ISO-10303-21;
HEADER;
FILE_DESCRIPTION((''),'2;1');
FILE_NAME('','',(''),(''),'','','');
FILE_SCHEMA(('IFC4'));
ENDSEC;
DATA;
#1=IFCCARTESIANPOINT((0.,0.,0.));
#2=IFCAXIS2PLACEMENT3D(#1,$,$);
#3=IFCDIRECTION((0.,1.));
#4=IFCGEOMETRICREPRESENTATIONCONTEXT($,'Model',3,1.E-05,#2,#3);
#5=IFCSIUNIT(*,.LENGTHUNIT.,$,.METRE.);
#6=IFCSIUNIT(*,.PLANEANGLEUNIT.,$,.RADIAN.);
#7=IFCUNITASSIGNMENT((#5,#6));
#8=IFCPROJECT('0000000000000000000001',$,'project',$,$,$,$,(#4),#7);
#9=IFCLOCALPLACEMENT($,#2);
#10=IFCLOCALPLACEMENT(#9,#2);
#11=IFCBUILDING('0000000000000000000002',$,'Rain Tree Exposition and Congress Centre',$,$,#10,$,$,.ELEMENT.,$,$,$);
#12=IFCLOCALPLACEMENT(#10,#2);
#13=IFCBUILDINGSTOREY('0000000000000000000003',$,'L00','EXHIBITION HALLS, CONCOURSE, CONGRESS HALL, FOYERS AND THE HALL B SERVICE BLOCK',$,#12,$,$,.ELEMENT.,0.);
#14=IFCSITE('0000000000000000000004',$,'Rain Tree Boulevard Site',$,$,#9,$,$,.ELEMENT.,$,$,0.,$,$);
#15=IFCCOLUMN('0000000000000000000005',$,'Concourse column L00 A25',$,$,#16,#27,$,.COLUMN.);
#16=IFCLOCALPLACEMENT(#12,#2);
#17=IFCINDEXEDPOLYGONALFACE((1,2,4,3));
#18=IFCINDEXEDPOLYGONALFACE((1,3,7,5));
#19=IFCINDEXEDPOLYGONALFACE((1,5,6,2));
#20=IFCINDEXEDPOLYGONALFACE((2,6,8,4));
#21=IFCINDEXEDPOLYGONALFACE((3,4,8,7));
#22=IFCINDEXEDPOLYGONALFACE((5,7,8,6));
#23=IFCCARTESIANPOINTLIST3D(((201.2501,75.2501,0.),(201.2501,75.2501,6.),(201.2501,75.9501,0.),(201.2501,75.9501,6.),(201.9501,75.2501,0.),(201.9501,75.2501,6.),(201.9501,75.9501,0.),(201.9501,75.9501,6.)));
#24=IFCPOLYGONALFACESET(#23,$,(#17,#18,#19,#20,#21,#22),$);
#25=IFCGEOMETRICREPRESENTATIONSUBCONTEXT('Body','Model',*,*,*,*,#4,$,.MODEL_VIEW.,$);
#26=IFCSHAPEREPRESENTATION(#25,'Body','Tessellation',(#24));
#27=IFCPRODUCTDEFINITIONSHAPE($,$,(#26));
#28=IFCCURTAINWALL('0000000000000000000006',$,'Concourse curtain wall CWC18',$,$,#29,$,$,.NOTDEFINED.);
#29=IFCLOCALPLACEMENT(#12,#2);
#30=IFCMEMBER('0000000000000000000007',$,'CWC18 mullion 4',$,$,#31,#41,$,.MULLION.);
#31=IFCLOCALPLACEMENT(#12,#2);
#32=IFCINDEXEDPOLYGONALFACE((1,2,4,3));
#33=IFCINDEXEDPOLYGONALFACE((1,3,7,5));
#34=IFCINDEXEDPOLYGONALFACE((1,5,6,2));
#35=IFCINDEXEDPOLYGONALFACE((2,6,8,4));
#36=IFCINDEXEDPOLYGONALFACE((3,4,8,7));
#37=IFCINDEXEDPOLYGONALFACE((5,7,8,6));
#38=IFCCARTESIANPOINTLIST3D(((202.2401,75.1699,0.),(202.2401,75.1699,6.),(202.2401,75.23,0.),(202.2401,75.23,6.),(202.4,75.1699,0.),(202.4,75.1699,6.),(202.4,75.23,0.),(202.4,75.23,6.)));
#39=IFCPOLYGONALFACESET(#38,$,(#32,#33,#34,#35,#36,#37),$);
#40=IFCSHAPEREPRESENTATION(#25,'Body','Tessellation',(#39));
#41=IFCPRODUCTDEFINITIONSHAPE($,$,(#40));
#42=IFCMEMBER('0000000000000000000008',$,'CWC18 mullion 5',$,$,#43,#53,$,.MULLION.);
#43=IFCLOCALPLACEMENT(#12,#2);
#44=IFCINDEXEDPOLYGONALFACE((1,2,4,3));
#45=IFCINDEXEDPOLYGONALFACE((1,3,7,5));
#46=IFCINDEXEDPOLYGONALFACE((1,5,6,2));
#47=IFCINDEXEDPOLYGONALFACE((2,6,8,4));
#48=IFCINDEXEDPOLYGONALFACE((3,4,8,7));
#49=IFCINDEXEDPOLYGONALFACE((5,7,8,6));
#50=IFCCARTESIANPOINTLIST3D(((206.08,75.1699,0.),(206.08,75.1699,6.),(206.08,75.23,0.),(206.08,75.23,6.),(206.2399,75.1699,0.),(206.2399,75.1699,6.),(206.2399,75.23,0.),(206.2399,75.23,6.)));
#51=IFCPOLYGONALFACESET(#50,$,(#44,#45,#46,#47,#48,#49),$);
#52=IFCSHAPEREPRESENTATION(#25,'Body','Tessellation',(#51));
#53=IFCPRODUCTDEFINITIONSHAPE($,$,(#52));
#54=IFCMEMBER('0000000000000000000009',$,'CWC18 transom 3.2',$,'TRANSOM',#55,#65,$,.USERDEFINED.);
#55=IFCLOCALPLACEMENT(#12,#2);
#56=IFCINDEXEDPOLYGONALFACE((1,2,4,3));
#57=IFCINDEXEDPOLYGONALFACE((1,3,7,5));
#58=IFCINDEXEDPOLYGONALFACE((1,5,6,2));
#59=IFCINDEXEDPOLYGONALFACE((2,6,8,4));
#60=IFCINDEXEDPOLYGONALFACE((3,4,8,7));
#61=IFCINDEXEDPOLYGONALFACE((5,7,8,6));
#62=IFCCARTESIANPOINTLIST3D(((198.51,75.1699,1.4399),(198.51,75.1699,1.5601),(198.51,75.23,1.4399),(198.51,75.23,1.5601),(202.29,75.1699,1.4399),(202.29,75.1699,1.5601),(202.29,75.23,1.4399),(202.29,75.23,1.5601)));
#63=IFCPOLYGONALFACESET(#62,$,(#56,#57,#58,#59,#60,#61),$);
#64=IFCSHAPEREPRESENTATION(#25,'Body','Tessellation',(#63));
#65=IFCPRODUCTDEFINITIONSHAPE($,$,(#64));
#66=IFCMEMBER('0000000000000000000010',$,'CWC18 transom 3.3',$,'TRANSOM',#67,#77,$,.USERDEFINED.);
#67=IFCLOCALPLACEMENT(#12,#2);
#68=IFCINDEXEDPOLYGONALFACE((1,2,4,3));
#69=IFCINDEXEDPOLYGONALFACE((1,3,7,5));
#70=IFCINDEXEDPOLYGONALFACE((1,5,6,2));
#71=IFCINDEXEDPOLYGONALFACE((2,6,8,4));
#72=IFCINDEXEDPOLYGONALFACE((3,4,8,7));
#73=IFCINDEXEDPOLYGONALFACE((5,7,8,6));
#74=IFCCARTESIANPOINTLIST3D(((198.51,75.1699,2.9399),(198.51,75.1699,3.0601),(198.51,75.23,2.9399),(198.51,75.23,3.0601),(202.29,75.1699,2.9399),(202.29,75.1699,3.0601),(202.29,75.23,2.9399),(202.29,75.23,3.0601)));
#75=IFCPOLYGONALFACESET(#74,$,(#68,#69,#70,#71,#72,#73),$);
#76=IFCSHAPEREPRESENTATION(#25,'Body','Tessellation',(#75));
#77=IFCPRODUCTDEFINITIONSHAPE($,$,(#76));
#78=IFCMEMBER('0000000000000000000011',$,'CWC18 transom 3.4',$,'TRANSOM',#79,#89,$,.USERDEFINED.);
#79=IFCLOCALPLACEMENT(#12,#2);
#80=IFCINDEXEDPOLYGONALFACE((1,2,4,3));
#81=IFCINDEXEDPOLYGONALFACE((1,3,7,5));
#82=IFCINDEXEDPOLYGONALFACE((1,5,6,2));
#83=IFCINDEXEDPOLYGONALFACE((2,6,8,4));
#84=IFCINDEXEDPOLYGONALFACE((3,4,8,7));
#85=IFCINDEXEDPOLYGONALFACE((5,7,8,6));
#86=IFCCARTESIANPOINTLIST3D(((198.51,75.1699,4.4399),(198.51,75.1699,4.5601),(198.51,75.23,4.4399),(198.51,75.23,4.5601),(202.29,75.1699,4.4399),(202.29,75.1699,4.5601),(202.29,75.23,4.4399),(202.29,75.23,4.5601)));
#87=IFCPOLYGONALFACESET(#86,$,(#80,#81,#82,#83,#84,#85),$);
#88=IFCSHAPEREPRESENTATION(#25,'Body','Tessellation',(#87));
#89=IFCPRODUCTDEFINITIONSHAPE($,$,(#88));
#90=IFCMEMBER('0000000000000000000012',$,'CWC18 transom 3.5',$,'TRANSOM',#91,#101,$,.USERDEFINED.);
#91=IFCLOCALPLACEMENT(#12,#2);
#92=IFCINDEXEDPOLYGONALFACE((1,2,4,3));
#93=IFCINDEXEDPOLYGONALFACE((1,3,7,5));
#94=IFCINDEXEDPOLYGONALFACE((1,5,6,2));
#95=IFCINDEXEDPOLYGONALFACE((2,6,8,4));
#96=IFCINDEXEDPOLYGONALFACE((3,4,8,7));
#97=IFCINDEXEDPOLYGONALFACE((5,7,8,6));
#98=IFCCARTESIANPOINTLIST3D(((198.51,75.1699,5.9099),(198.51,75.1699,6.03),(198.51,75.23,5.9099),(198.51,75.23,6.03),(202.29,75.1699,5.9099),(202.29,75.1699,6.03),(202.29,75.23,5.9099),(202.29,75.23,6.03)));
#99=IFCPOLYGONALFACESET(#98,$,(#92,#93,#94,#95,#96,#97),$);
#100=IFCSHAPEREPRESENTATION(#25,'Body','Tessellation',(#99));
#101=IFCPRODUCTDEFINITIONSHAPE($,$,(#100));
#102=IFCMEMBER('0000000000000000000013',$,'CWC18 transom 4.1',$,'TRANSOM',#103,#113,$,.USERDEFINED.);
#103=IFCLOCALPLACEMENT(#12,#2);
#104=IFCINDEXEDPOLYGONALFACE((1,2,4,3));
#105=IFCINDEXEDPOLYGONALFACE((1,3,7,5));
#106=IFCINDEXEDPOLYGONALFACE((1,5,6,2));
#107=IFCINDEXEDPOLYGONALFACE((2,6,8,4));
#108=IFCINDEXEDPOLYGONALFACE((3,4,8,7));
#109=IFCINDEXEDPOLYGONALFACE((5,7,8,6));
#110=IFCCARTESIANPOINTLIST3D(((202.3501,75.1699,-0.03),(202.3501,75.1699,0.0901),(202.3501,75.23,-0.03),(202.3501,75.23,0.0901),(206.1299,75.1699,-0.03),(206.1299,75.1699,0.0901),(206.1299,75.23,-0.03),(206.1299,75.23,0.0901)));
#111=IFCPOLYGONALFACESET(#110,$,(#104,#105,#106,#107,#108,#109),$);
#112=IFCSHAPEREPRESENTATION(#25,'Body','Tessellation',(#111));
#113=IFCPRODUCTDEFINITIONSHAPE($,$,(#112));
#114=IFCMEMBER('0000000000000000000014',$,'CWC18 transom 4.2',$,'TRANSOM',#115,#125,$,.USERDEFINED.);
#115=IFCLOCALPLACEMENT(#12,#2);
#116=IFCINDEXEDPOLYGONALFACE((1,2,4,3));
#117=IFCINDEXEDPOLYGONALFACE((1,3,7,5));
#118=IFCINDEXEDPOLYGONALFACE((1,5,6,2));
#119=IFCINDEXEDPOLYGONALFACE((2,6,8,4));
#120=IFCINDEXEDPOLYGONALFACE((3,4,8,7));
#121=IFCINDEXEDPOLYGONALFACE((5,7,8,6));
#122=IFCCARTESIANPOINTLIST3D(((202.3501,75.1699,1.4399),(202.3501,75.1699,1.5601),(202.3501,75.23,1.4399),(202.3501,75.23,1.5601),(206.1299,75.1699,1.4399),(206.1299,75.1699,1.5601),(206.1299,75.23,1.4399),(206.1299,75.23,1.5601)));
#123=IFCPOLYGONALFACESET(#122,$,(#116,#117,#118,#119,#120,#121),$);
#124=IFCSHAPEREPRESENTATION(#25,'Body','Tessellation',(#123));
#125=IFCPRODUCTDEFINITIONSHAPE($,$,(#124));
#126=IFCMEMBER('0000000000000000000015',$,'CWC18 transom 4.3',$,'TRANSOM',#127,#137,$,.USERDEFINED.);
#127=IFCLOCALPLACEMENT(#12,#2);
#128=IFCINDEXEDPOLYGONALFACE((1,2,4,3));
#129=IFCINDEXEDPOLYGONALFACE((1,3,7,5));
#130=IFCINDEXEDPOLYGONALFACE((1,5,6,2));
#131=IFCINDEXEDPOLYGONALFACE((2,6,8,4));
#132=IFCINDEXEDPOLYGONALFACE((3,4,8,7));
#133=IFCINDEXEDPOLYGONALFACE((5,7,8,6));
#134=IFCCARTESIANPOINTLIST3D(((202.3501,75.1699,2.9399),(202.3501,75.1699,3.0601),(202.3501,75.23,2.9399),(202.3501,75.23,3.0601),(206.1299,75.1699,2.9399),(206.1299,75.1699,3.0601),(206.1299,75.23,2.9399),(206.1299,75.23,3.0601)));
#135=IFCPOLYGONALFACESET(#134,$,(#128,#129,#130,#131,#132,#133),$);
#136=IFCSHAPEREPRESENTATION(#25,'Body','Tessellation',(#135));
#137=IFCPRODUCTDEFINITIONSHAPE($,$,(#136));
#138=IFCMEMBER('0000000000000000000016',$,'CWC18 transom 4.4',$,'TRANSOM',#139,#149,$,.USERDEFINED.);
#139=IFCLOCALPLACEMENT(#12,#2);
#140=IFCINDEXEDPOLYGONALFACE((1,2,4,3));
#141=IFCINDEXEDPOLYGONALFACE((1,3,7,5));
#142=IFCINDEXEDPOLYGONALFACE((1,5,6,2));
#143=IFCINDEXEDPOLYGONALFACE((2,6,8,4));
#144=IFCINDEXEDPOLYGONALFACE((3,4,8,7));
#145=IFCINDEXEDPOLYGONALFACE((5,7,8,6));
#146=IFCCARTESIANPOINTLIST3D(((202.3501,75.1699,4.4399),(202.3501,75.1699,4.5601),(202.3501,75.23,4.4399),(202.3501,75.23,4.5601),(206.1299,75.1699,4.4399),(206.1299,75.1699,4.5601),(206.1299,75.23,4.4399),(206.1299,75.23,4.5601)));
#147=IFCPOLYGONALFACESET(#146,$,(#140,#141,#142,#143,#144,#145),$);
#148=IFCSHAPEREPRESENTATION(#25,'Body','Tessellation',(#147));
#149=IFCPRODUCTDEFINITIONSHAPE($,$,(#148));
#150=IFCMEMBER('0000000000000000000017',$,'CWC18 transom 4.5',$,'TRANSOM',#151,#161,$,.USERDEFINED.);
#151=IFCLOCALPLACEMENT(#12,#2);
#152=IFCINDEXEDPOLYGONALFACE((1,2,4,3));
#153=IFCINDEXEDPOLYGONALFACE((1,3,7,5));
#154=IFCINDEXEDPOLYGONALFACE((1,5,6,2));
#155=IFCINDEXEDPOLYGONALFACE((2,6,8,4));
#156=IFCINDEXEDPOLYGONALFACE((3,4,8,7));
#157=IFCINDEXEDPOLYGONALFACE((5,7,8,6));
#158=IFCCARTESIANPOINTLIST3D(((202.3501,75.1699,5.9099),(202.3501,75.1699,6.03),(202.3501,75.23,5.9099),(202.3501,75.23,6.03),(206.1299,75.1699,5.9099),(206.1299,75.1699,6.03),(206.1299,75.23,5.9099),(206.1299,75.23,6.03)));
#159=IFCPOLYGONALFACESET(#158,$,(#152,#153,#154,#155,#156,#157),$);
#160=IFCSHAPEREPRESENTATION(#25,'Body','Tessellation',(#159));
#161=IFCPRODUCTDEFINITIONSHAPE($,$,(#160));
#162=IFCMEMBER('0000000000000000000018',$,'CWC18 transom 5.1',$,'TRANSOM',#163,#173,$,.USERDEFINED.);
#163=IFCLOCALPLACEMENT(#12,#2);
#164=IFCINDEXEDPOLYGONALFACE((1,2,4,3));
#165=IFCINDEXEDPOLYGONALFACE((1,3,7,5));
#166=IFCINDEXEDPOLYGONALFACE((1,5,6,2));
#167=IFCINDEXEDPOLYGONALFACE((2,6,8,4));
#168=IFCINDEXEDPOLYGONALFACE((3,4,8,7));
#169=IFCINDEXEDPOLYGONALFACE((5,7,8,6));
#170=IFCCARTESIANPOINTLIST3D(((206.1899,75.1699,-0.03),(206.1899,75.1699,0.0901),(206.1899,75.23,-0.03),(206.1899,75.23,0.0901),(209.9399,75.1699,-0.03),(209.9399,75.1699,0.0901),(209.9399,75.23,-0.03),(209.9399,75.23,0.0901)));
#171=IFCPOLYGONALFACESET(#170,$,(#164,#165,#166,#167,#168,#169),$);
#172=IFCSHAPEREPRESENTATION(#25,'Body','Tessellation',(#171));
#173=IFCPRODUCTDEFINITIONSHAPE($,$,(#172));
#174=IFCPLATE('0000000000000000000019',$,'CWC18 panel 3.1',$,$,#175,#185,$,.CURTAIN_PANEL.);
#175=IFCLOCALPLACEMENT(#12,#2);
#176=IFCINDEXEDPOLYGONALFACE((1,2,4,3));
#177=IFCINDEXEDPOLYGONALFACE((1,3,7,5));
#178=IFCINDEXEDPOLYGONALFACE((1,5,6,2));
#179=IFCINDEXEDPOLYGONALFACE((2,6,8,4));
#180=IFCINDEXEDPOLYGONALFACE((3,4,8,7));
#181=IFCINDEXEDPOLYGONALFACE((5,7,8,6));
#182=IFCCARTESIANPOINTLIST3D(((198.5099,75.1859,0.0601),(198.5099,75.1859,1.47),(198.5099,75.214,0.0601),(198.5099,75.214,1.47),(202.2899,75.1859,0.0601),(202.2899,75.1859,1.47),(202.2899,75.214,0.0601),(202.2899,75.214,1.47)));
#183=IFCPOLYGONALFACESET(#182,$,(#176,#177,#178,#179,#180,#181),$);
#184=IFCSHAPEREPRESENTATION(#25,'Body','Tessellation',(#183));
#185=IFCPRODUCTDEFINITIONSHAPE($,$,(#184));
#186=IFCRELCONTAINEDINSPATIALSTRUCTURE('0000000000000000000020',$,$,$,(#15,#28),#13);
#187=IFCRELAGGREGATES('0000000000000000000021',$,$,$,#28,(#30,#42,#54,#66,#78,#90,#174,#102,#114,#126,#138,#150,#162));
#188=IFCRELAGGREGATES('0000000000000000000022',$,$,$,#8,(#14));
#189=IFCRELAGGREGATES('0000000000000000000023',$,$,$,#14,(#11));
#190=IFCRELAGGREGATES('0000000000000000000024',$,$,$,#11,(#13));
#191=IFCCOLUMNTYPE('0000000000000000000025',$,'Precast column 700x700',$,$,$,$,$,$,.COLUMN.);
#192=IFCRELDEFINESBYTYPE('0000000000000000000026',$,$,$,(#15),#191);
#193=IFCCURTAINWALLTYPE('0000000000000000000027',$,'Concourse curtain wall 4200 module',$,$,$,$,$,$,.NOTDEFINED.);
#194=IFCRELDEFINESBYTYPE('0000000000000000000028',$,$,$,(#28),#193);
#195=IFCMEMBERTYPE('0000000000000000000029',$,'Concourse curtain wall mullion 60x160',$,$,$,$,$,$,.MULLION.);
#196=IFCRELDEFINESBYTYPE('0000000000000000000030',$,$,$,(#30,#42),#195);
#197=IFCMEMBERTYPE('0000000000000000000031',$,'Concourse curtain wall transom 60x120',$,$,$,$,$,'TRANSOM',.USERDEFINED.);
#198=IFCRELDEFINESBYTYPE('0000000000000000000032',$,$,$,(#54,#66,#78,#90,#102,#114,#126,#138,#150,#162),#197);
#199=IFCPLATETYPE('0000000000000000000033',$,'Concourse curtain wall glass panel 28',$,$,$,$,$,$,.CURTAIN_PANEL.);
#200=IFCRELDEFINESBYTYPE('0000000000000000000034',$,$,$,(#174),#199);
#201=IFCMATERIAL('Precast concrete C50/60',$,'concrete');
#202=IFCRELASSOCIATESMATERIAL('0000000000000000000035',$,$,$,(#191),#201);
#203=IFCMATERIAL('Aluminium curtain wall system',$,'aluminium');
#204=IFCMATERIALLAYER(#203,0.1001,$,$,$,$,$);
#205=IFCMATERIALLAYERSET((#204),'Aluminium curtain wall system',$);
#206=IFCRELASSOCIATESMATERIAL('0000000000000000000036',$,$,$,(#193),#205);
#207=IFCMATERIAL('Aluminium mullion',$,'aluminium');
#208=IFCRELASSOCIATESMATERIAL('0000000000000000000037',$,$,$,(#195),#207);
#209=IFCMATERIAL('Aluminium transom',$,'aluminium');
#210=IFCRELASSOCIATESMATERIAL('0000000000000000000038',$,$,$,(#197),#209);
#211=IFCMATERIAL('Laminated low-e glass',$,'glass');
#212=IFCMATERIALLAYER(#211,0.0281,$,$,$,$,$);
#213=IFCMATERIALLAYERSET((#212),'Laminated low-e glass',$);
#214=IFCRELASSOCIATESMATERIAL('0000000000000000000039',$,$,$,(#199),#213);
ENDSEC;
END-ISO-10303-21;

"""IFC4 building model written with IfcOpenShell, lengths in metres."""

from ifc_helpers import new_model, si_unit, direction, frame, origin, origin_2d, place, context, subcontext, project, spatial, rectangle, extrude, material, layer, layer_set, material_profile, profile_set, type_object, element, aggregate, save


model = new_model("IFC4")

# Units and contexts
model_context = context("Model", 3, precision=1e-05, world=origin(), true_north=direction((0.0, 1.0)))
body_context = subcontext(model_context, "Body", "Model", "MODEL_VIEW")
ifc_project = project(units=[si_unit("LENGTHUNIT", "METRE"), si_unit("PLANEANGLEUNIT", "RADIAN")], contexts=[model_context])

# Site, building, storey
site_placement = place(None, origin())
site = spatial("IfcSite", under=ifc_project, at=site_placement, Name="Rain Tree Boulevard Site", CompositionType="ELEMENT", RefElevation=0.0)
building_placement = place(site_placement, origin())
building = spatial("IfcBuilding", under=site, at=building_placement, Name="Rain Tree Exposition and Congress Centre", CompositionType="ELEMENT")
storey_placement = place(building_placement, origin())
storey = spatial("IfcBuildingStorey", under=building, at=storey_placement, Name="L00", Description="EXHIBITION HALLS, CONCOURSE, CONGRESS HALL, FOYERS AND THE HALL B SERVICE BLOCK", CompositionType="ELEMENT", Elevation=0.0)

# Column
ifc_material_1 = material(Name="Precast concrete C50/60", Category="concrete")
ifc_material_profile_1 = material_profile(ifc_material_1, rectangle(XDim=0.7, YDim=0.7, at=origin_2d()), Name="RC 700x700")
ifc_profile_set_1 = profile_set([ifc_material_profile_1], Name="Precast concrete C50/60")
column_type = type_object("IfcColumnType", Name="Precast column 700x700", PredefinedType="COLUMN", material=ifc_profile_set_1)
column_placement = place(storey_placement, frame((201.6001, 75.6001, 0.0), z_axis=(0.0, 0.0, 1.0), x_axis=(1.0, 0.0, 0.0)))
element("IfcColumn", 1, at=column_placement, inside=storey, type_object=column_type, Name="Concourse column L00 A25", PredefinedType="COLUMN", context=body_context, shape_type="SweptSolid", body=[
    extrude(rectangle(XDim=0.7, YDim=0.7, at=origin_2d()), origin(), (0.0, 0.0, 1.0), 6.0),
])

# Curtain wall, members, plate
ifc_material_2 = material(Name="Aluminium curtain wall system", Category="aluminium")
ifc_layer_1 = layer(ifc_material_2, 0.1001)
ifc_layer_set_1 = layer_set([ifc_layer_1], Name="Aluminium curtain wall system")
curtain_wall_type = type_object("IfcCurtainWallType", Name="Concourse curtain wall 4200 module", PredefinedType="NOTDEFINED", material=ifc_layer_set_1)
curtain_wall_placement = place(storey_placement, origin())
curtain_wall = element("IfcCurtainWall", 2, at=curtain_wall_placement, inside=storey, type_object=curtain_wall_type, Name="Concourse curtain wall CWC18", PredefinedType="NOTDEFINED")
ifc_material_3 = material(Name="Aluminium mullion", Category="aluminium")
ifc_material_profile_2 = material_profile(ifc_material_3, rectangle(XDim=0.0601, YDim=0.1599, at=origin_2d()), Name="AL 60x160")
ifc_profile_set_2 = profile_set([ifc_material_profile_2], Name="Aluminium mullion")
member_type_1 = type_object("IfcMemberType", Name="Concourse curtain wall mullion 60x160", PredefinedType="MULLION", material=ifc_profile_set_2)
member_1_placement = place(storey_placement, frame((202.3201, 75.2, 0.0), z_axis=(0.0, 0.0, 1.0), x_axis=(0.0, 1.0, 0.0)))
member_1 = element("IfcMember", 3, at=member_1_placement, type_object=member_type_1, Name="CWC18 mullion 4", PredefinedType="MULLION", context=body_context, shape_type="SweptSolid", body=[
    extrude(rectangle(XDim=0.0601, YDim=0.1599, at=origin_2d()), origin(), (0.0, 0.0, 1.0), 6.0),
])
member_2_placement = place(storey_placement, frame((206.1599, 75.2, 0.0), z_axis=(0.0, 0.0, 1.0), x_axis=(0.0, 1.0, 0.0)))
member_2 = element("IfcMember", 4, at=member_2_placement, type_object=member_type_1, Name="CWC18 mullion 5", PredefinedType="MULLION", context=body_context, shape_type="SweptSolid", body=[
    extrude(rectangle(XDim=0.0601, YDim=0.1599, at=origin_2d()), origin(), (0.0, 0.0, 1.0), 6.0),
])
ifc_material_4 = material(Name="Aluminium transom", Category="aluminium")
ifc_material_profile_3 = material_profile(ifc_material_4, rectangle(XDim=0.0601, YDim=0.1201, at=origin_2d()), Name="AL 60x120")
ifc_profile_set_3 = profile_set([ifc_material_profile_3], Name="Aluminium transom")
member_type_2 = type_object("IfcMemberType", Name="Concourse curtain wall transom 60x120", ElementType="TRANSOM", PredefinedType="USERDEFINED", material=ifc_profile_set_3)
member_3_placement = place(storey_placement, frame((198.51, 75.2, 1.5), z_axis=(1.0, 0.0, 0.0), x_axis=(0.0, 1.0, 0.0)))
member_3 = element("IfcMember", 5, at=member_3_placement, type_object=member_type_2, Name="CWC18 transom 3.2", ObjectType="TRANSOM", PredefinedType="USERDEFINED", context=body_context, shape_type="SweptSolid", body=[
    extrude(rectangle(XDim=0.0601, YDim=0.1201, at=origin_2d()), origin(), (0.0, 0.0, 1.0), 3.78),
])
member_4_placement = place(storey_placement, frame((198.51, 75.2, 3.0), z_axis=(1.0, 0.0, 0.0), x_axis=(0.0, 1.0, 0.0)))
member_4 = element("IfcMember", 6, at=member_4_placement, type_object=member_type_2, Name="CWC18 transom 3.3", ObjectType="TRANSOM", PredefinedType="USERDEFINED", context=body_context, shape_type="SweptSolid", body=[
    extrude(rectangle(XDim=0.0601, YDim=0.1201, at=origin_2d()), origin(), (0.0, 0.0, 1.0), 3.78),
])
member_5_placement = place(storey_placement, frame((198.51, 75.2, 4.5), z_axis=(1.0, 0.0, 0.0), x_axis=(0.0, 1.0, 0.0)))
member_5 = element("IfcMember", 7, at=member_5_placement, type_object=member_type_2, Name="CWC18 transom 3.4", ObjectType="TRANSOM", PredefinedType="USERDEFINED", context=body_context, shape_type="SweptSolid", body=[
    extrude(rectangle(XDim=0.0601, YDim=0.1201, at=origin_2d()), origin(), (0.0, 0.0, 1.0), 3.78),
])
member_6_placement = place(storey_placement, frame((198.51, 75.2, 5.97), z_axis=(1.0, 0.0, 0.0), x_axis=(0.0, 1.0, 0.0)))
member_6 = element("IfcMember", 8, at=member_6_placement, type_object=member_type_2, Name="CWC18 transom 3.5", ObjectType="TRANSOM", PredefinedType="USERDEFINED", context=body_context, shape_type="SweptSolid", body=[
    extrude(rectangle(XDim=0.0601, YDim=0.1201, at=origin_2d()), origin(), (0.0, 0.0, 1.0), 3.78),
])
member_7_placement = place(storey_placement, frame((202.3501, 75.2, 0.03), z_axis=(1.0, 0.0, 0.0), x_axis=(0.0, 1.0, 0.0)))
member_7 = element("IfcMember", 9, at=member_7_placement, type_object=member_type_2, Name="CWC18 transom 4.1", ObjectType="TRANSOM", PredefinedType="USERDEFINED", context=body_context, shape_type="SweptSolid", body=[
    extrude(rectangle(XDim=0.0601, YDim=0.1201, at=origin_2d()), origin(), (0.0, 0.0, 1.0), 3.7798),
])
member_8_placement = place(storey_placement, frame((202.3501, 75.2, 1.5), z_axis=(1.0, 0.0, 0.0), x_axis=(0.0, 1.0, 0.0)))
member_8 = element("IfcMember", 10, at=member_8_placement, type_object=member_type_2, Name="CWC18 transom 4.2", ObjectType="TRANSOM", PredefinedType="USERDEFINED", context=body_context, shape_type="SweptSolid", body=[
    extrude(rectangle(XDim=0.0601, YDim=0.1201, at=origin_2d()), origin(), (0.0, 0.0, 1.0), 3.7798),
])
member_9_placement = place(storey_placement, frame((202.3501, 75.2, 3.0), z_axis=(1.0, 0.0, 0.0), x_axis=(0.0, 1.0, 0.0)))
member_9 = element("IfcMember", 11, at=member_9_placement, type_object=member_type_2, Name="CWC18 transom 4.3", ObjectType="TRANSOM", PredefinedType="USERDEFINED", context=body_context, shape_type="SweptSolid", body=[
    extrude(rectangle(XDim=0.0601, YDim=0.1201, at=origin_2d()), origin(), (0.0, 0.0, 1.0), 3.7798),
])
member_10_placement = place(storey_placement, frame((202.3501, 75.2, 4.5), z_axis=(1.0, 0.0, 0.0), x_axis=(0.0, 1.0, 0.0)))
member_10 = element("IfcMember", 12, at=member_10_placement, type_object=member_type_2, Name="CWC18 transom 4.4", ObjectType="TRANSOM", PredefinedType="USERDEFINED", context=body_context, shape_type="SweptSolid", body=[
    extrude(rectangle(XDim=0.0601, YDim=0.1201, at=origin_2d()), origin(), (0.0, 0.0, 1.0), 3.7798),
])
member_11_placement = place(storey_placement, frame((202.3501, 75.2, 5.97), z_axis=(1.0, 0.0, 0.0), x_axis=(0.0, 1.0, 0.0)))
member_11 = element("IfcMember", 13, at=member_11_placement, type_object=member_type_2, Name="CWC18 transom 4.5", ObjectType="TRANSOM", PredefinedType="USERDEFINED", context=body_context, shape_type="SweptSolid", body=[
    extrude(rectangle(XDim=0.0601, YDim=0.1201, at=origin_2d()), origin(), (0.0, 0.0, 1.0), 3.7798),
])
member_12_placement = place(storey_placement, frame((206.1899, 75.2, 0.03), z_axis=(1.0, 0.0, 0.0), x_axis=(0.0, 1.0, 0.0)))
member_12 = element("IfcMember", 14, at=member_12_placement, type_object=member_type_2, Name="CWC18 transom 5.1", ObjectType="TRANSOM", PredefinedType="USERDEFINED", context=body_context, shape_type="SweptSolid", body=[
    extrude(rectangle(XDim=0.0601, YDim=0.1201, at=origin_2d()), origin(), (0.0, 0.0, 1.0), 3.75),
])
ifc_material_5 = material(Name="Laminated low-e glass", Category="glass")
ifc_layer_2 = layer(ifc_material_5, 0.0281)
ifc_layer_set_2 = layer_set([ifc_layer_2], Name="Laminated low-e glass")
plate_type = type_object("IfcPlateType", Name="Concourse curtain wall glass panel 28", PredefinedType="CURTAIN_PANEL", material=ifc_layer_set_2)
plate_1_placement = place(storey_placement, frame((200.3999, 75.2, 0.0601), z_axis=(0.0, 0.0, 1.0), x_axis=(1.0, 0.0, 0.0)))
plate_1 = element("IfcPlate", 15, at=plate_1_placement, type_object=plate_type, Name="CWC18 panel 3.1", PredefinedType="CURTAIN_PANEL", context=body_context, shape_type="SweptSolid", body=[
    extrude(rectangle(XDim=3.78, YDim=0.0281, at=origin_2d()), origin(), (0.0, 0.0, 1.0), 1.4099),
])
aggregate(curtain_wall, [member_1, member_2, member_3, member_4, member_5, member_6, plate_1, member_7, member_8, member_9, member_10, member_11, member_12])

save(model, "model.ifc")
